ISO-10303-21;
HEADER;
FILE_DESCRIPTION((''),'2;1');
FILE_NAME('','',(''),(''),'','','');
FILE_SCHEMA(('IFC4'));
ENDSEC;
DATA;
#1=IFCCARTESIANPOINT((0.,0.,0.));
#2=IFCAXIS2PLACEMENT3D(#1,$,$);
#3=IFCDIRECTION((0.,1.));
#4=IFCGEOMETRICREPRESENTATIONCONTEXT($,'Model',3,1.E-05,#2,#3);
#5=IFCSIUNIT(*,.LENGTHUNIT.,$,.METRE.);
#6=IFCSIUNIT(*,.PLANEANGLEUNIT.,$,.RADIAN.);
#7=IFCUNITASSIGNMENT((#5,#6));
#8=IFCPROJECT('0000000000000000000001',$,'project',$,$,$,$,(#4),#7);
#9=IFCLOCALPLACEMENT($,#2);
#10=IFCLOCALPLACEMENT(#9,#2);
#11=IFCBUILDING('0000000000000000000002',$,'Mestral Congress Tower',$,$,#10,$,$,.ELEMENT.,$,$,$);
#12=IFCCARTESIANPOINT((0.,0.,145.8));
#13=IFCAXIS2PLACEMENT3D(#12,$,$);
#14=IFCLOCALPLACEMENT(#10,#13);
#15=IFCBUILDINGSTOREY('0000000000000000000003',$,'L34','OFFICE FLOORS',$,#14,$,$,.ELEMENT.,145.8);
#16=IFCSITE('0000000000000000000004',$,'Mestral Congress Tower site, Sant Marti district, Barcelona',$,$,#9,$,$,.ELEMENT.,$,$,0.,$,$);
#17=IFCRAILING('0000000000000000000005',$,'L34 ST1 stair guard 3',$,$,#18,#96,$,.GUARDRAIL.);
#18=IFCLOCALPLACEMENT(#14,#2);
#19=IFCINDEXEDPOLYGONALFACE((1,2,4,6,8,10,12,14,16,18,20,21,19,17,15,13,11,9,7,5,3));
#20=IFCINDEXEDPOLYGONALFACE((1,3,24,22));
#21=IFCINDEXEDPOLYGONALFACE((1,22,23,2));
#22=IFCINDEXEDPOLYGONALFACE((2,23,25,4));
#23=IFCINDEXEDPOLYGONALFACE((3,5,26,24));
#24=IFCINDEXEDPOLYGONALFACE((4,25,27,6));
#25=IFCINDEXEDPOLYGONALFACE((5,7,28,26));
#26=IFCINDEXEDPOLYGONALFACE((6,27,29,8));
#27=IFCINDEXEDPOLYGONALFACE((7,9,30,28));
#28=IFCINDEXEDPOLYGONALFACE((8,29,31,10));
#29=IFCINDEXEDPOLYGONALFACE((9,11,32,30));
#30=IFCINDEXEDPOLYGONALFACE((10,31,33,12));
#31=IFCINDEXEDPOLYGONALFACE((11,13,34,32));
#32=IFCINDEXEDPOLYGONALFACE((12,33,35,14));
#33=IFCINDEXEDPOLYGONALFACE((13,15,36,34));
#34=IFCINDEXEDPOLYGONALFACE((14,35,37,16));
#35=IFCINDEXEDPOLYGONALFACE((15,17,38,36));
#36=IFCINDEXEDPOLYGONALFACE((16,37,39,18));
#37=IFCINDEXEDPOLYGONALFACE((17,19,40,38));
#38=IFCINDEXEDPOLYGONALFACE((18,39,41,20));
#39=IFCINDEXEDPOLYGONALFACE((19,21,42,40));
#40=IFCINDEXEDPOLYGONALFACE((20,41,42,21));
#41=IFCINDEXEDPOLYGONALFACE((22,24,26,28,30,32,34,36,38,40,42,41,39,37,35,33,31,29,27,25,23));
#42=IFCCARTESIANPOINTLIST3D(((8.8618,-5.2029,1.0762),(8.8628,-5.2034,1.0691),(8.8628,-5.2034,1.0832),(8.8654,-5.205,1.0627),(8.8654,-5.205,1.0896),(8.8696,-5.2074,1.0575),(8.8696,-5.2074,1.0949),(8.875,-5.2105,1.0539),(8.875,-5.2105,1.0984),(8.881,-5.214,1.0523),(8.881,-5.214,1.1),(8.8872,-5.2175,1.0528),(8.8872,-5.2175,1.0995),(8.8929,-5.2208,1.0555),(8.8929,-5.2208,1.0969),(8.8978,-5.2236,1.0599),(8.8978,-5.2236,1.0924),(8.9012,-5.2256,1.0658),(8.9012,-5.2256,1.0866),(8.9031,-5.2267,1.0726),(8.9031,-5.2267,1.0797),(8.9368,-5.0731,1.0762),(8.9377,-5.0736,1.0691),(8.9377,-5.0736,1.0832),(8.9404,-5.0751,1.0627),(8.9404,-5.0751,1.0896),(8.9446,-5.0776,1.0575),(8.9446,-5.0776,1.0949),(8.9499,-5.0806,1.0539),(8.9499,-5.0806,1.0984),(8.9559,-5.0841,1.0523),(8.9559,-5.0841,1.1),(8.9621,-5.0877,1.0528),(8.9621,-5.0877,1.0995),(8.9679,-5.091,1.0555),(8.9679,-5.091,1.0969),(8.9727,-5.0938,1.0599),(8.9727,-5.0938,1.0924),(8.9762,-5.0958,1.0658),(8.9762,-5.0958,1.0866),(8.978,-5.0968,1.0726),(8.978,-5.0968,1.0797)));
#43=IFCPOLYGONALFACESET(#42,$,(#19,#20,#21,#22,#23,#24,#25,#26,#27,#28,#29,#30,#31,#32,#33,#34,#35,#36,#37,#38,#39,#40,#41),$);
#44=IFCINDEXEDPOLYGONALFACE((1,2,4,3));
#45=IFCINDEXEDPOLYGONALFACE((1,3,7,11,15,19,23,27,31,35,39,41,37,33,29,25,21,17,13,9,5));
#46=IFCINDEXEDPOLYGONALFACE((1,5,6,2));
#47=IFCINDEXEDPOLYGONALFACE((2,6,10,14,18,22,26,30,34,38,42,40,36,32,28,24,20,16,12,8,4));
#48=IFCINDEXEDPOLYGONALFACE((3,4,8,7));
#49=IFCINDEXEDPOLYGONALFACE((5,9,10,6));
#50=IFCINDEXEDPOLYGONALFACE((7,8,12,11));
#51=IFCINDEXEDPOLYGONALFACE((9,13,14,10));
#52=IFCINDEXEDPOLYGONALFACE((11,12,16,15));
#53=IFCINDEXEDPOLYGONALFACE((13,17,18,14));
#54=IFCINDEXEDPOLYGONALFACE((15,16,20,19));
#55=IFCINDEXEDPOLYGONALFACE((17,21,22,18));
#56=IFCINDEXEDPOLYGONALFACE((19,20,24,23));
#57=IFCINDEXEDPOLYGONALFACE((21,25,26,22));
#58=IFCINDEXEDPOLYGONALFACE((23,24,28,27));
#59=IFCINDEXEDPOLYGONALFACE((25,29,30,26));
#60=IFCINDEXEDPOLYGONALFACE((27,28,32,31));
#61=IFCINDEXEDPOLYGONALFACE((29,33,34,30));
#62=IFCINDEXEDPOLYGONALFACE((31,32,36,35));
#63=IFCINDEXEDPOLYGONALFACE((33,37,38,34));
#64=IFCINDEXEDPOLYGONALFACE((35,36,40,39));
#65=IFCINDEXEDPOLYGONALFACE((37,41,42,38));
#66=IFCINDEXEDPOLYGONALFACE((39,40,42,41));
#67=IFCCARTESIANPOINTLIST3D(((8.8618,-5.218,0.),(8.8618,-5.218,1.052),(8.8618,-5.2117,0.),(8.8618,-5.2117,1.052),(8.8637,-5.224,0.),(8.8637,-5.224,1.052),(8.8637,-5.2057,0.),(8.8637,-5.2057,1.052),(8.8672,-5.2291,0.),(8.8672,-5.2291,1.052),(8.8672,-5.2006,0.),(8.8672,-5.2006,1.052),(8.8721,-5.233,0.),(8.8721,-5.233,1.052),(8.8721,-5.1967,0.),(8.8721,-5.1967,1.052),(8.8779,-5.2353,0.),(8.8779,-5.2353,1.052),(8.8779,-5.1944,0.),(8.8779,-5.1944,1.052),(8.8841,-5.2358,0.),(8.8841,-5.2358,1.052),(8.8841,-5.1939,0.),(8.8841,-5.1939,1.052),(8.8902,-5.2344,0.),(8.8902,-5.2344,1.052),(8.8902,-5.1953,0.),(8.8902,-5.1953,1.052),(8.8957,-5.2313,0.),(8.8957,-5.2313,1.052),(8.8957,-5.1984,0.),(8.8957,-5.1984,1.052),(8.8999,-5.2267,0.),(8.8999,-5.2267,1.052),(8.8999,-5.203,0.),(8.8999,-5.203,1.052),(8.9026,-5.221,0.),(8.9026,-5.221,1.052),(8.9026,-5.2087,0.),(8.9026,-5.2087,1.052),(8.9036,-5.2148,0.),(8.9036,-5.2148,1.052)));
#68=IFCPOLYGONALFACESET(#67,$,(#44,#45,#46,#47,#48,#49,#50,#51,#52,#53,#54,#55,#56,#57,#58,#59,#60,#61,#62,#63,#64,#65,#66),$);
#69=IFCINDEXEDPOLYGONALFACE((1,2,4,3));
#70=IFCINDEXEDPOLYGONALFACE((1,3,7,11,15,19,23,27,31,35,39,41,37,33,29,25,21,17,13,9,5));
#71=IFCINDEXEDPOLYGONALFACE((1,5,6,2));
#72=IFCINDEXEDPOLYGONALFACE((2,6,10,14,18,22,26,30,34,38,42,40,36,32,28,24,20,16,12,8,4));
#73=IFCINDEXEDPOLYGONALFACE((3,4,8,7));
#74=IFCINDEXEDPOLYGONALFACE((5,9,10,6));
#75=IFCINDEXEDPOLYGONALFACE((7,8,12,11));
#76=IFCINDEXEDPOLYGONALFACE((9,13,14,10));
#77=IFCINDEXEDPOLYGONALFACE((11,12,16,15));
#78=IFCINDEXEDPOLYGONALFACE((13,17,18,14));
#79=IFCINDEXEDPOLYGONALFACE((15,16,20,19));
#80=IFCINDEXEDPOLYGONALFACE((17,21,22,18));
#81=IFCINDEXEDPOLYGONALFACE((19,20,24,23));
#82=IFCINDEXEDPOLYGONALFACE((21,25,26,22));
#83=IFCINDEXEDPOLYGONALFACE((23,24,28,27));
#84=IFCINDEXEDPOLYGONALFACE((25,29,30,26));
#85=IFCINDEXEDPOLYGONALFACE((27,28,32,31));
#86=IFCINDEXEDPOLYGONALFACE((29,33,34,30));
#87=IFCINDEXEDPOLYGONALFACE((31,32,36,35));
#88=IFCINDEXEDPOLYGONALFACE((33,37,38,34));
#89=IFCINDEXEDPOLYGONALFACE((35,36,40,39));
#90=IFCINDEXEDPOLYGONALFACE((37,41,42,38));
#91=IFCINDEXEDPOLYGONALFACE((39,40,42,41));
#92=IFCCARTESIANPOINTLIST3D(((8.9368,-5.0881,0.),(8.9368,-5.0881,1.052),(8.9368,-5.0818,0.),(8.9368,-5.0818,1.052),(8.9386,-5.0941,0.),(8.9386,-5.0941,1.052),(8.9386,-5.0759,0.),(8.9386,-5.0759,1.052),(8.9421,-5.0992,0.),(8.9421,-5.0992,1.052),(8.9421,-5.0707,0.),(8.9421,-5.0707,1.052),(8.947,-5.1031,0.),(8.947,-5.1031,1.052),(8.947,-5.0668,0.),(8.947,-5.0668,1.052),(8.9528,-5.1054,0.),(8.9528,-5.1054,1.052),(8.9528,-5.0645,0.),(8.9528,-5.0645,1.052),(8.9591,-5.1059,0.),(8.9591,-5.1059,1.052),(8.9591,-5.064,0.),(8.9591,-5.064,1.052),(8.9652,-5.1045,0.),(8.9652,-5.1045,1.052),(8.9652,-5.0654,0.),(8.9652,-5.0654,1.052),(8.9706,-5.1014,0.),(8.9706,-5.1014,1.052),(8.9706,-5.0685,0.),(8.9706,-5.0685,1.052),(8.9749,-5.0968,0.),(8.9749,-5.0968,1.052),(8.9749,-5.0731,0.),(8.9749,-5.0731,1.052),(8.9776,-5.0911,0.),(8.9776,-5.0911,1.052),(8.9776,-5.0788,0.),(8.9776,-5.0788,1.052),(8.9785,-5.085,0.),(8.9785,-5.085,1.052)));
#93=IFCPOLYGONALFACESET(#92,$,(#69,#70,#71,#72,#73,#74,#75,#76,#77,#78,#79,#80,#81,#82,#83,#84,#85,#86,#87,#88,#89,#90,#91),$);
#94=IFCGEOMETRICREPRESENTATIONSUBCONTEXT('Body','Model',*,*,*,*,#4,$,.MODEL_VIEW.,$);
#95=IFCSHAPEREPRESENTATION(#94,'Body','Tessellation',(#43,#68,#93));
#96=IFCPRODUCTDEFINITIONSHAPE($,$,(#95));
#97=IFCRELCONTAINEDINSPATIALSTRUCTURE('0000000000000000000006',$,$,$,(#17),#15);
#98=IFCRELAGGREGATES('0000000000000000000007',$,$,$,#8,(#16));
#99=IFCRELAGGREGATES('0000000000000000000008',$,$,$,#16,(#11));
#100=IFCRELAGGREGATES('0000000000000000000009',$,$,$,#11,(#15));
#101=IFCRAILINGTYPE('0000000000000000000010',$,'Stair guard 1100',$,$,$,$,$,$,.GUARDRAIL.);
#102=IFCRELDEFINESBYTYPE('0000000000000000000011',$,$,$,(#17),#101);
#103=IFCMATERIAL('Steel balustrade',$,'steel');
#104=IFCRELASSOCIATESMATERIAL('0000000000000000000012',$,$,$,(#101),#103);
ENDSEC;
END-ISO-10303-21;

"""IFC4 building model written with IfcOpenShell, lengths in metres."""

from ifc_helpers import new_model, si_unit, direction, frame, origin, origin_2d, place, context, subcontext, project, spatial, circle, extrude, material, type_object, element, save


model = new_model("IFC4")

# Units and contexts
model_context = context("Model", 3, precision=1e-05, world=origin(), true_north=direction((0.0, 1.0)))
body_context = subcontext(model_context, "Body", "Model", "MODEL_VIEW")
ifc_project = project(units=[si_unit("LENGTHUNIT", "METRE"), si_unit("PLANEANGLEUNIT", "RADIAN")], contexts=[model_context])

# Site, building, storey
site_placement = place(None, origin())
site = spatial("IfcSite", under=ifc_project, at=site_placement, Name="Mestral Congress Tower site, Sant Marti district, Barcelona", CompositionType="ELEMENT", RefElevation=0.0)
building_placement = place(site_placement, origin())
building = spatial("IfcBuilding", under=site, at=building_placement, Name="Mestral Congress Tower", CompositionType="ELEMENT")
storey_placement = place(building_placement, frame((0.0, 0.0, 145.8)))
storey = spatial("IfcBuildingStorey", under=building, at=storey_placement, Name="L34", Description="OFFICE FLOORS", CompositionType="ELEMENT", Elevation=145.8)

# Railing
ifc_material_1 = material(Name="Steel balustrade", Category="steel")
railing_type_1 = type_object("IfcRailingType", Name="Stair guard 1100", PredefinedType="GUARDRAIL", material=ifc_material_1)
railing_1_placement = place(storey_placement, frame((8.8826, -5.2148, 0.0)))
element("IfcRailing", 1, at=railing_1_placement, inside=storey, type_object=railing_type_1, Name="L34 ST1 stair guard 3", PredefinedType="GUARDRAIL", context=body_context, shape_type="SweptSolid", body=[
    extrude(circle(Radius=0.0239, at=origin_2d()), frame((0.0, 0.0, 1.0762), z_axis=(0.499816, 0.866131, 0.0), x_axis=(-0.866131, 0.499816, 0.0)), (0.0, 0.0, 1.0), 0.1499),
    extrude(circle(Radius=0.021, at=origin_2d()), origin(), (0.0, 0.0, 1.0), 1.052),
    extrude(circle(Radius=0.021, at=origin_2d()), frame((0.075, 0.1299, 0.0)), (0.0, 0.0, 1.0), 1.052),
])

save(model, "model.ifc")
